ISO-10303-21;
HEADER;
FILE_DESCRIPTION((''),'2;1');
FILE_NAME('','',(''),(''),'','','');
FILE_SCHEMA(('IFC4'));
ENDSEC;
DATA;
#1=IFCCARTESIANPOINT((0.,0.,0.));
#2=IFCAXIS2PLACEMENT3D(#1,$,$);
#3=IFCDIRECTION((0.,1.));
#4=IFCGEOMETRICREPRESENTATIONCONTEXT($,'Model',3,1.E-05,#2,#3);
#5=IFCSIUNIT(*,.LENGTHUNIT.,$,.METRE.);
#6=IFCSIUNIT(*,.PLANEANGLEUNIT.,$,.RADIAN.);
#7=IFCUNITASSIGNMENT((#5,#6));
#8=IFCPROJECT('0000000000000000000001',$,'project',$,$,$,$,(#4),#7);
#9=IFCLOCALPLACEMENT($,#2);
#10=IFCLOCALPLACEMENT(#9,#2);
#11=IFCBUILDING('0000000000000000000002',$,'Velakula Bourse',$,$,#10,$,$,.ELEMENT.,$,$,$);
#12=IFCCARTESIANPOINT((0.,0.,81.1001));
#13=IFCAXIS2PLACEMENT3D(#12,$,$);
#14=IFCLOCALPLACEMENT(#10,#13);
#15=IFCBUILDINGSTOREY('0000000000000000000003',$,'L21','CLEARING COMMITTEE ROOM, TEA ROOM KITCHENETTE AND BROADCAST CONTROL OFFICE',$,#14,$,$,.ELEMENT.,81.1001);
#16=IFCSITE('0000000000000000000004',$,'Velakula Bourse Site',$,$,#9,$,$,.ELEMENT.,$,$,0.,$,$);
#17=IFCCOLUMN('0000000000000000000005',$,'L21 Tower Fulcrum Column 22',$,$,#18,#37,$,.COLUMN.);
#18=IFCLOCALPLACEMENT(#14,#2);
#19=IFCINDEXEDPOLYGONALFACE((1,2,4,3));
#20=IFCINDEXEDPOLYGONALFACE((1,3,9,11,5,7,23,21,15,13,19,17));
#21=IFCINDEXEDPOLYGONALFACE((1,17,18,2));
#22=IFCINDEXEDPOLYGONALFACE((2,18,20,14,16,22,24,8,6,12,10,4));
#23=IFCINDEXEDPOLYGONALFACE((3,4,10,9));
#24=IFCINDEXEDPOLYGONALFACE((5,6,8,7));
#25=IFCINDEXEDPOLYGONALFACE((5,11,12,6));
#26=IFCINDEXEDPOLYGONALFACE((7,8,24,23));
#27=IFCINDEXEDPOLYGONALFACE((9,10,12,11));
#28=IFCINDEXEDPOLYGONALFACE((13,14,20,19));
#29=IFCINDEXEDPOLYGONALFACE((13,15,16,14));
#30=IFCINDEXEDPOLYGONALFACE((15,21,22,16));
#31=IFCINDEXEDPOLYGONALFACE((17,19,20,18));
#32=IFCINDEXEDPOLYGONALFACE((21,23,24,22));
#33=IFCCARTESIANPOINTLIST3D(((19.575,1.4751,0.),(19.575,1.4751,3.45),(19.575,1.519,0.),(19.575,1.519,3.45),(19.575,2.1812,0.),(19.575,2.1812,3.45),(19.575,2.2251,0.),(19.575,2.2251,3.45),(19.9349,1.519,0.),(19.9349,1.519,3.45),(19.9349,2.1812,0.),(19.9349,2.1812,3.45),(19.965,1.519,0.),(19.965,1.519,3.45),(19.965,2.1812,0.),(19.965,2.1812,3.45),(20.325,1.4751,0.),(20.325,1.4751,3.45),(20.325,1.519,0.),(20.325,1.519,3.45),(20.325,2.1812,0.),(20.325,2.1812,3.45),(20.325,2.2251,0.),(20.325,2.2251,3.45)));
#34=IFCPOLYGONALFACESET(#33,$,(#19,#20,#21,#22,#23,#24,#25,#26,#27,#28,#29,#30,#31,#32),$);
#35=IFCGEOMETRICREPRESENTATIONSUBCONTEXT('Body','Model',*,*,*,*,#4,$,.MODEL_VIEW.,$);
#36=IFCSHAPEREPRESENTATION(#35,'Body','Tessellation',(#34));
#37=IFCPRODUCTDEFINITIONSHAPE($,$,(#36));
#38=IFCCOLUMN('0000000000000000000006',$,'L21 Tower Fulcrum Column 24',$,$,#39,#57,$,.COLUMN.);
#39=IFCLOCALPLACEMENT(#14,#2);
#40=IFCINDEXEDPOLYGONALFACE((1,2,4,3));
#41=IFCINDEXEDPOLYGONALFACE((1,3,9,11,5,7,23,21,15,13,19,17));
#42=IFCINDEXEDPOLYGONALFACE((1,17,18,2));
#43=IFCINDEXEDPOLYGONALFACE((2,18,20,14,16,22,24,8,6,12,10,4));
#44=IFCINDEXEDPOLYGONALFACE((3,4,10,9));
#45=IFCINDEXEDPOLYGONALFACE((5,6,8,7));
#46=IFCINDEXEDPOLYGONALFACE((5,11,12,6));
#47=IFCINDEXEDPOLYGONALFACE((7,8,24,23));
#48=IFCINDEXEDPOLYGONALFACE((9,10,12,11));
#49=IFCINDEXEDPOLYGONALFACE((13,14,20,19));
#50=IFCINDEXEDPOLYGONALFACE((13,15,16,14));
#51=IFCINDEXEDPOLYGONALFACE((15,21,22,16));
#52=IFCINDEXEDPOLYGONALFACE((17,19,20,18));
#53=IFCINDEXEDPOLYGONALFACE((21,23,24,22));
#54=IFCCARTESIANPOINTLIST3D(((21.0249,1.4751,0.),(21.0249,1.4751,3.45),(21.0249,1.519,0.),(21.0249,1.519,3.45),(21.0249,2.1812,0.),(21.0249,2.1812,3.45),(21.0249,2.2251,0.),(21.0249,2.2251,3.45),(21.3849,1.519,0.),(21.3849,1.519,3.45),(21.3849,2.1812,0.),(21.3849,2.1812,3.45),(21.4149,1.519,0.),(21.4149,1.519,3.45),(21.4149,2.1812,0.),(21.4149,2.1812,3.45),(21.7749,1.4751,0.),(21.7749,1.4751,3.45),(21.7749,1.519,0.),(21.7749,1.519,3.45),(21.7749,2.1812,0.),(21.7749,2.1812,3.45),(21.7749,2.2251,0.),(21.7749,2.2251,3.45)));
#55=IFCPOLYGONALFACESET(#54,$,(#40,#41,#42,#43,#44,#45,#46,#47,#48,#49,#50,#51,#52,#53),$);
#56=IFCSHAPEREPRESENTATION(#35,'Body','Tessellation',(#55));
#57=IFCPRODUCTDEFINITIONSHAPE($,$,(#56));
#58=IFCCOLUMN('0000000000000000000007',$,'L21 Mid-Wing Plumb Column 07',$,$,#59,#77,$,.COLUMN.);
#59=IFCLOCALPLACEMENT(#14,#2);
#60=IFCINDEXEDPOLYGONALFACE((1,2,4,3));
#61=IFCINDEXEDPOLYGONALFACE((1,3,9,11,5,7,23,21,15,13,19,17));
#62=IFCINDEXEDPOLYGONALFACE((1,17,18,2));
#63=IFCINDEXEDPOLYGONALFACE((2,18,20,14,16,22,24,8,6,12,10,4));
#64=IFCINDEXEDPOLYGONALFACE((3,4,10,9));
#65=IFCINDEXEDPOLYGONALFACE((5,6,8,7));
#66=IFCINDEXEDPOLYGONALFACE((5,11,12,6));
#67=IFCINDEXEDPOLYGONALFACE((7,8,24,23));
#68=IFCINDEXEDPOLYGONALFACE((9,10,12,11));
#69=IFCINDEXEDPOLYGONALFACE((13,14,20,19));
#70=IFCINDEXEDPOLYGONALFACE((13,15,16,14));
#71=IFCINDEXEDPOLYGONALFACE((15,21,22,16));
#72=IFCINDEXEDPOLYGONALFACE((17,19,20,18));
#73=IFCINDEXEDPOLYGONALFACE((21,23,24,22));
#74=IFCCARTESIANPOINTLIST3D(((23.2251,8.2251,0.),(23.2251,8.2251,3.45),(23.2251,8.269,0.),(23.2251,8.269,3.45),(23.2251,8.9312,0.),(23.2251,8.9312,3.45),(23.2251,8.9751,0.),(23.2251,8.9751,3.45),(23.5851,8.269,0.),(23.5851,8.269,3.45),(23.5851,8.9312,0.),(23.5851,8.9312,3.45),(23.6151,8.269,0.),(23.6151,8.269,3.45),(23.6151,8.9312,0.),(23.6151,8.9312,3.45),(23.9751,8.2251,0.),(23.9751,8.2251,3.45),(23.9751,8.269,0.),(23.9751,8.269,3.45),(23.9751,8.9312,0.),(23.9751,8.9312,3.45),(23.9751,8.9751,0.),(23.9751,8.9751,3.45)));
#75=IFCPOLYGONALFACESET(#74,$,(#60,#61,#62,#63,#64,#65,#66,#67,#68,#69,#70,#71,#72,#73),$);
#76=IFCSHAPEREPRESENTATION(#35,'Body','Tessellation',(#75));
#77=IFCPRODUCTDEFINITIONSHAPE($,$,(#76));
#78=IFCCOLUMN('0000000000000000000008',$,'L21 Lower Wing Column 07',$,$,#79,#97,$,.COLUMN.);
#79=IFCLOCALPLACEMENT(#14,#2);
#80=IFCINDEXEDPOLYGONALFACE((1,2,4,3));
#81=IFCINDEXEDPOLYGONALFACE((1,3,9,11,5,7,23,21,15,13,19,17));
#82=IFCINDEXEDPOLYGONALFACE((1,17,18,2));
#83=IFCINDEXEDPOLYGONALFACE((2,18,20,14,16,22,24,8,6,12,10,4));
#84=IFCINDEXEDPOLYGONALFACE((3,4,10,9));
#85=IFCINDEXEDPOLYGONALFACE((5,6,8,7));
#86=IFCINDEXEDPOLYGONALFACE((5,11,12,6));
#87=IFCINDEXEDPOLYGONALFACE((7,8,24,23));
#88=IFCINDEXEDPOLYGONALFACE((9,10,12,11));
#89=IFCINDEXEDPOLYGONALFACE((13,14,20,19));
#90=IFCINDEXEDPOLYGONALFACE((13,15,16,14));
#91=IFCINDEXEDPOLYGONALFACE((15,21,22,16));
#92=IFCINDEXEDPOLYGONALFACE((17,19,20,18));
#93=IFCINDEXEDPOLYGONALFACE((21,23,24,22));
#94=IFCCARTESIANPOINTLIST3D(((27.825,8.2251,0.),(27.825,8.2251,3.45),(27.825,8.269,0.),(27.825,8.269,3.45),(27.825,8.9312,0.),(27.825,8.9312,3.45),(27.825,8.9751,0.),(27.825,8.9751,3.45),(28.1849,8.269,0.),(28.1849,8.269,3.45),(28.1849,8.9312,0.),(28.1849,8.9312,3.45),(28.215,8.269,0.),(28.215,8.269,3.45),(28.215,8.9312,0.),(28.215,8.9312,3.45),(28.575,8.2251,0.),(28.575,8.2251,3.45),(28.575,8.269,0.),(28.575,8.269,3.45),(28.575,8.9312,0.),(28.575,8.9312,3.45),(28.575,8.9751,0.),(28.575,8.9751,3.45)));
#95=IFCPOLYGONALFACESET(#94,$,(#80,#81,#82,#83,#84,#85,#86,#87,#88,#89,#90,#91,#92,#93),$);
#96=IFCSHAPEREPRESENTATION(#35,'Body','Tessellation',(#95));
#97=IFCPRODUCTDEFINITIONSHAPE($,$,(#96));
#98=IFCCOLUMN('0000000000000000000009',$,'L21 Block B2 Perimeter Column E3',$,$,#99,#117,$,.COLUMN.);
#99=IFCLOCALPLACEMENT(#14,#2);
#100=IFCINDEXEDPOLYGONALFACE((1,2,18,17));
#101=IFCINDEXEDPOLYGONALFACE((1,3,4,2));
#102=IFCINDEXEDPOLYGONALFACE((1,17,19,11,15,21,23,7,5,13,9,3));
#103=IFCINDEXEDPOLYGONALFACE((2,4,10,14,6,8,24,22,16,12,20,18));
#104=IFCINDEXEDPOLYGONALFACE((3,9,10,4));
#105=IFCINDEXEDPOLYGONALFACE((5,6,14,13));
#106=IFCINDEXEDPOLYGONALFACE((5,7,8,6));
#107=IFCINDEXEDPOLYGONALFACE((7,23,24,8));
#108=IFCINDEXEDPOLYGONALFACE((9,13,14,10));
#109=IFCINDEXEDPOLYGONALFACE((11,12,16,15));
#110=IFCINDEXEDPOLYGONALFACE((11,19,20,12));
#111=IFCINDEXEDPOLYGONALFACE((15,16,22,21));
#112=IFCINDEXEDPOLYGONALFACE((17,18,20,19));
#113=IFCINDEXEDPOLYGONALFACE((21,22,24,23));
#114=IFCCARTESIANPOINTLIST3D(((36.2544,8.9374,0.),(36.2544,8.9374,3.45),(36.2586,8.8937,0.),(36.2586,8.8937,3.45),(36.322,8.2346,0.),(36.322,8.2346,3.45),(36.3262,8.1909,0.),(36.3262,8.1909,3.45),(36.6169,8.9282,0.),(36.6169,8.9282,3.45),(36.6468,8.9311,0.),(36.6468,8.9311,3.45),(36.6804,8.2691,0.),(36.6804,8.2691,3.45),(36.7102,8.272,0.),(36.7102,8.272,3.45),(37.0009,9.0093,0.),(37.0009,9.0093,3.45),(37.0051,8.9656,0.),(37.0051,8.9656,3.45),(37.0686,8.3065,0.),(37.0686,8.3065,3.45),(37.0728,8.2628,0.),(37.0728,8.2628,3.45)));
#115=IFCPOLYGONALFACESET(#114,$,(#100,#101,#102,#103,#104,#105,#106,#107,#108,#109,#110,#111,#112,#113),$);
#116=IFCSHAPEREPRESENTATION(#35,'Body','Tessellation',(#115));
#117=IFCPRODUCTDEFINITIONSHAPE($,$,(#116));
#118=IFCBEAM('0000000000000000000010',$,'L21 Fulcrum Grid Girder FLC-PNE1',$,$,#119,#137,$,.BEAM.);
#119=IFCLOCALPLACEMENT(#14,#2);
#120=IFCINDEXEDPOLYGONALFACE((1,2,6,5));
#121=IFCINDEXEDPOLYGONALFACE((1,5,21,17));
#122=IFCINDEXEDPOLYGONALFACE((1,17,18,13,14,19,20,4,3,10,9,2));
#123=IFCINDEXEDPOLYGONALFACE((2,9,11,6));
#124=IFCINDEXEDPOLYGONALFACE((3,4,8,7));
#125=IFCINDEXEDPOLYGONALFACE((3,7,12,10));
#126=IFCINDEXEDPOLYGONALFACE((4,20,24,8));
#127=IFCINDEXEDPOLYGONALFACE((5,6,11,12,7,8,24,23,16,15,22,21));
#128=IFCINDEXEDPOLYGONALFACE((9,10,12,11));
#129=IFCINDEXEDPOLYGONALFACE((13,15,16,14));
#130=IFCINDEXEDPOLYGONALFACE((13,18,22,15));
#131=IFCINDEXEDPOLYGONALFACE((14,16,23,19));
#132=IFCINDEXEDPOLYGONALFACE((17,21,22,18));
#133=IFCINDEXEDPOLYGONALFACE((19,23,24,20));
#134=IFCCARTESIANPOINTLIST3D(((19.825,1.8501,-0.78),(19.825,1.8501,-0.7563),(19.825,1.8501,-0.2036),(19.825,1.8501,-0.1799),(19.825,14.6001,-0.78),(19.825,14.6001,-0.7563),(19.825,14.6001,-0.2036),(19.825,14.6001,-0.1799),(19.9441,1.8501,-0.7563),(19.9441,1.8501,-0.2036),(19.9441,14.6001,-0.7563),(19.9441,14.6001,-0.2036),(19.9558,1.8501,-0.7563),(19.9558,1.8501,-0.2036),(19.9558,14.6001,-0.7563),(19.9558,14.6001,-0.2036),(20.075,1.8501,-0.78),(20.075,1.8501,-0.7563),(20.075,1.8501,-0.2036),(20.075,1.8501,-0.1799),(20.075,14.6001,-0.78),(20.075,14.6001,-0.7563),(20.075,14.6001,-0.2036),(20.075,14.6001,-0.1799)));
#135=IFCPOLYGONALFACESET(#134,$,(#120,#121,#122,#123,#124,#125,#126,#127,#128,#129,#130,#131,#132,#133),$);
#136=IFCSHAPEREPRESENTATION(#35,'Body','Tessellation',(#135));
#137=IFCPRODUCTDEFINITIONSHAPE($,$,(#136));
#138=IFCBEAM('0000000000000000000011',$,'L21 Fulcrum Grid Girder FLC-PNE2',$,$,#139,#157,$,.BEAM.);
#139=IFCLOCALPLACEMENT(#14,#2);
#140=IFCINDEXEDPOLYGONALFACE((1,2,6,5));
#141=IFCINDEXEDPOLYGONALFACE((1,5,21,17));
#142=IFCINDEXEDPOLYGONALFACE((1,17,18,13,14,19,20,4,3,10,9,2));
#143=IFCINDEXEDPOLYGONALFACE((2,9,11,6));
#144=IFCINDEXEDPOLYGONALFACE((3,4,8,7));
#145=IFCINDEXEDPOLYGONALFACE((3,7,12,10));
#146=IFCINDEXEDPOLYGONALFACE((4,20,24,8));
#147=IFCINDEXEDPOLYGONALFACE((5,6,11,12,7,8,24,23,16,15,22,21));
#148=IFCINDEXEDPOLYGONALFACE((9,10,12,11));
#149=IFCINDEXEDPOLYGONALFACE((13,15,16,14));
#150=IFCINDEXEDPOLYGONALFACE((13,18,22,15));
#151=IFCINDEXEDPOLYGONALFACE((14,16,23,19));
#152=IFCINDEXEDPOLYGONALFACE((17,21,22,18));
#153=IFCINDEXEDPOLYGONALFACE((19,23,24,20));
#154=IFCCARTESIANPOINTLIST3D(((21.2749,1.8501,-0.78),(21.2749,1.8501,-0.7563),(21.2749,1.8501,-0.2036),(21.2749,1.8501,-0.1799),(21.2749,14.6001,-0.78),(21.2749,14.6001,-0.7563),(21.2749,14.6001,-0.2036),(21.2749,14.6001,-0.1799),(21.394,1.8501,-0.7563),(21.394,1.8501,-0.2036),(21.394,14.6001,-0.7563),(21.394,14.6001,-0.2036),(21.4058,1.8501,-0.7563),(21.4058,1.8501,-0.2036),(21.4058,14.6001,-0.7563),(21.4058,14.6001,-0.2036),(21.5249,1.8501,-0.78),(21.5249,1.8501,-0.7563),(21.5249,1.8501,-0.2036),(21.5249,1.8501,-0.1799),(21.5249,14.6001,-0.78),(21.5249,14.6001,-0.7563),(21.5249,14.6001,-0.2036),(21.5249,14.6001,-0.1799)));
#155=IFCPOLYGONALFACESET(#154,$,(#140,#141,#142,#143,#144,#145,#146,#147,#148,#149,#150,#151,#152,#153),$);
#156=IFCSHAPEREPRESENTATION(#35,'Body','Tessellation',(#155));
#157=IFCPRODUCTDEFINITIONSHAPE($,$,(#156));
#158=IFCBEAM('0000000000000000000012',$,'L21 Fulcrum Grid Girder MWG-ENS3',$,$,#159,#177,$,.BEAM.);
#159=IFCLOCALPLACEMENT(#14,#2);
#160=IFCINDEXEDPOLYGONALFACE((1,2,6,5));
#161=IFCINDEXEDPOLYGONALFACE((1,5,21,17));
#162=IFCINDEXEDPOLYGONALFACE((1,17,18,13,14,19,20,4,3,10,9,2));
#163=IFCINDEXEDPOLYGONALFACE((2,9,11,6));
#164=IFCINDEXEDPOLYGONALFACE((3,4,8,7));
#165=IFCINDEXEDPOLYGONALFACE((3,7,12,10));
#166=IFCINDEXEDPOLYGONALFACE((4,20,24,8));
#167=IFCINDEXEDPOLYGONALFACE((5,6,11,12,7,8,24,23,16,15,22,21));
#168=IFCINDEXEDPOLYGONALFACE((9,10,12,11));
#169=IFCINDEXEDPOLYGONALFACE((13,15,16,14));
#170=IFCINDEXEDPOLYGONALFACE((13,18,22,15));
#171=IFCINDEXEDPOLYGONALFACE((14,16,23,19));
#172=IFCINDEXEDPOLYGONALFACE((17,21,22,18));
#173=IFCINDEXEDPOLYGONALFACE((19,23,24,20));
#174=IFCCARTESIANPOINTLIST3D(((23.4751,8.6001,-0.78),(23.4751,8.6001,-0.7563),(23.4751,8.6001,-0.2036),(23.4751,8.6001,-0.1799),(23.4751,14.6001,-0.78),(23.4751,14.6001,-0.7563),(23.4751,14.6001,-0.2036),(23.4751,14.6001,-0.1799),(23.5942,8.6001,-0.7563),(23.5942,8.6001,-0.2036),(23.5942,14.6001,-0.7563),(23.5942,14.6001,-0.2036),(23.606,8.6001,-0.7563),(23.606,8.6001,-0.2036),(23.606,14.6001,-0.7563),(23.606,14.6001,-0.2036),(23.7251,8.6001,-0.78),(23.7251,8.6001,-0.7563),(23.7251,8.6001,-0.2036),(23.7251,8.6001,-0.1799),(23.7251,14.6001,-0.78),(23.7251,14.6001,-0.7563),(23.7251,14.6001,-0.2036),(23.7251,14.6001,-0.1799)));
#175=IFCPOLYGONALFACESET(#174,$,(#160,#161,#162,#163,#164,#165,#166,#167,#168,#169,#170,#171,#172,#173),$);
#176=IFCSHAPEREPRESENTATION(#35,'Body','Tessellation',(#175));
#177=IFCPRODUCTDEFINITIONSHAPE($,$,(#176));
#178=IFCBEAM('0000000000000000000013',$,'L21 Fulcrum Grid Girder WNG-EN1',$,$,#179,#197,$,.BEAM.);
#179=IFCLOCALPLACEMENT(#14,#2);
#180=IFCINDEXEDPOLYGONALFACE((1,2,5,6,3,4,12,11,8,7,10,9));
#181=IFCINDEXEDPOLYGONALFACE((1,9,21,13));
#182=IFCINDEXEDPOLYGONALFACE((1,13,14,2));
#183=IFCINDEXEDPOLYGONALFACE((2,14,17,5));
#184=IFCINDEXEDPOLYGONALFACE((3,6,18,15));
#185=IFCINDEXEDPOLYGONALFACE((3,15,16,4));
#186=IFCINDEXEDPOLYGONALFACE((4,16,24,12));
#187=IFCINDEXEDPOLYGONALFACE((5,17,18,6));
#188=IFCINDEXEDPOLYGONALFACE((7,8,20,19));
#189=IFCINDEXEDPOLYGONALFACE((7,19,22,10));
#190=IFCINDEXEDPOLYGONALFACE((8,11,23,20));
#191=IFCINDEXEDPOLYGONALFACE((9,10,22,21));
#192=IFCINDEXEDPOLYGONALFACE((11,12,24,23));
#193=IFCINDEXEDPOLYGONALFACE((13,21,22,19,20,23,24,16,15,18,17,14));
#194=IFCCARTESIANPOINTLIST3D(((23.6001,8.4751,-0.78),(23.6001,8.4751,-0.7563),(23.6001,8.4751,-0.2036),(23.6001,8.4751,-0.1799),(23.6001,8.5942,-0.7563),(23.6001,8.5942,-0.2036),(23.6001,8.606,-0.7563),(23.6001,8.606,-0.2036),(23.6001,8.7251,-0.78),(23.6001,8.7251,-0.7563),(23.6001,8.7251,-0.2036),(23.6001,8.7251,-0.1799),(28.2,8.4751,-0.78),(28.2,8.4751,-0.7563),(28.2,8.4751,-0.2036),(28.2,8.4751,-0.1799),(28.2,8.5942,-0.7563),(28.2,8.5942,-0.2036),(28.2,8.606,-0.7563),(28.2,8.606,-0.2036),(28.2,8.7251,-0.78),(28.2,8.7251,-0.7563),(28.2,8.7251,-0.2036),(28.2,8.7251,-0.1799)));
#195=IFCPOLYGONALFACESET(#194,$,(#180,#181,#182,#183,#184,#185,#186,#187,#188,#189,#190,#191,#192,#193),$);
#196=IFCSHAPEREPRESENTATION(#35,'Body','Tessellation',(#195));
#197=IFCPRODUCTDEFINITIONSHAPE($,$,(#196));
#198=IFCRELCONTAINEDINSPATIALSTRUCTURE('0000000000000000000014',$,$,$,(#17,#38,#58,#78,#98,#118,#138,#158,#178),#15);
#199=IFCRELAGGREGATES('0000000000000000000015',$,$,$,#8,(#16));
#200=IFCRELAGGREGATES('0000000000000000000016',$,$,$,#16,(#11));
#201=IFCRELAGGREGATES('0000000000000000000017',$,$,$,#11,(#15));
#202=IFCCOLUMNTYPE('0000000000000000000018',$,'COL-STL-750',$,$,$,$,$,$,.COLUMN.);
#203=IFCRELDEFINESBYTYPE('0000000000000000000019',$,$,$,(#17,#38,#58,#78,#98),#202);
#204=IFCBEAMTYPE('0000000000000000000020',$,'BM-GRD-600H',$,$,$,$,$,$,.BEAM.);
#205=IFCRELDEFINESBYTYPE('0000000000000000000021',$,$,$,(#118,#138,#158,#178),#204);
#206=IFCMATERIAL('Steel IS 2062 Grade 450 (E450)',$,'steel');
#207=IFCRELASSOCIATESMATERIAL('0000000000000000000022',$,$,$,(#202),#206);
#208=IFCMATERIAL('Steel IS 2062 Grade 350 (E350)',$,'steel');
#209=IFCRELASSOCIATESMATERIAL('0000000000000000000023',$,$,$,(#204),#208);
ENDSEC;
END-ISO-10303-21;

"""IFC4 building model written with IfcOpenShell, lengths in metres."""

from ifc_helpers import new_model, si_unit, direction, frame, origin, origin_2d, place, context, subcontext, project, spatial, i_section, extrude, material, material_profile, profile_set, type_object, element, save


model = new_model("IFC4")

# Units and contexts
model_context = context("Model", 3, precision=1e-05, world=origin(), true_north=direction((0.0, 1.0)))
body_context = subcontext(model_context, "Body", "Model", "MODEL_VIEW")
ifc_project = project(units=[si_unit("LENGTHUNIT", "METRE"), si_unit("PLANEANGLEUNIT", "RADIAN")], contexts=[model_context])

# Site, building, storey
site_placement = place(None, origin())
site = spatial("IfcSite", under=ifc_project, at=site_placement, Name="Velakula Bourse Site", CompositionType="ELEMENT", RefElevation=0.0)
building_placement = place(site_placement, origin())
building = spatial("IfcBuilding", under=site, at=building_placement, Name="Velakula Bourse", CompositionType="ELEMENT")
storey_placement = place(building_placement, frame((0.0, 0.0, 81.1001)))
storey = spatial("IfcBuildingStorey", under=building, at=storey_placement, Name="L21", Description="CLEARING COMMITTEE ROOM, TEA ROOM KITCHENETTE AND BROADCAST CONTROL OFFICE", CompositionType="ELEMENT", Elevation=81.1001)

# Columns
ifc_material_1 = material(Name="Steel IS 2062 Grade 450 (E450)", Category="steel")
ifc_material_profile_1 = material_profile(ifc_material_1, i_section(OverallWidth=0.75, OverallDepth=0.75, WebThickness=0.03, FlangeThickness=0.0439, at=origin_2d()), Name="Steel IS 2062 Grade 450 (E450)")
ifc_profile_set_1 = profile_set([ifc_material_profile_1], Name="Steel IS 2062 Grade 450 (E450)")
column_type = type_object("IfcColumnType", Name="COL-STL-750", PredefinedType="COLUMN", material=ifc_profile_set_1)
for number, where, z_axis, x_axis, name in (
    (1, (19.95, 1.8501, 0.0), (0.0, 0.0, 1.0), (1.0, 0.0, 0.0), "L21 Tower Fulcrum Column 22"),
    (2, (21.3999, 1.8501, 0.0), (0.0, 0.0, 1.0), (1.0, 0.0, 0.0), "L21 Tower Fulcrum Column 24"),
    (3, (23.6001, 8.6001, 0.0), (0.0, 0.0, 1.0), (1.0, 0.0, 0.0), "L21 Mid-Wing Plumb Column 07"),
    (4, (28.2, 8.6001, 0.0), (0.0, 0.0, 1.0), (1.0, 0.0, 0.0), "L21 Lower Wing Column 07"),
    (5, (36.6636, 8.6001, 0.0), (0.0, 0.0, 1.0), (0.995396, 0.095846, 0.0), "L21 Block B2 Perimeter Column E3"),
):
    element("IfcColumn", number, at=place(storey_placement, frame(where, z_axis=z_axis, x_axis=x_axis)), inside=storey, type_object=column_type, Name=name, PredefinedType="COLUMN", context=body_context, shape_type="SweptSolid", body=[
        extrude(i_section(OverallWidth=0.75, OverallDepth=0.75, WebThickness=0.03, FlangeThickness=0.0439, at=origin_2d()), origin(), (0.0, 0.0, 1.0), 3.45),
    ])

# Beams
ifc_material_2 = material(Name="Steel IS 2062 Grade 350 (E350)", Category="steel")
ifc_material_profile_2 = material_profile(ifc_material_2, i_section(OverallWidth=0.25, OverallDepth=0.6001, WebThickness=0.0117, FlangeThickness=0.0237, at=origin_2d()), Name="Steel IS 2062 Grade 350 (E350)")
ifc_profile_set_2 = profile_set([ifc_material_profile_2], Name="Steel IS 2062 Grade 350 (E350)")
beam_type_1 = type_object("IfcBeamType", Name="BM-GRD-600H", PredefinedType="BEAM", material=ifc_profile_set_2)
for number, where, z_axis, x_axis, name in (
    (6, (19.95, 1.8501, -0.48), (0.0, 1.0, 0.0), (-1.0, 0.0, 0.0), "L21 Fulcrum Grid Girder FLC-PNE1"),
    (7, (21.3999, 1.8501, -0.48), (0.0, 1.0, 0.0), (-1.0, 0.0, 0.0), "L21 Fulcrum Grid Girder FLC-PNE2"),
):
    element("IfcBeam", number, at=place(storey_placement, frame(where, z_axis=z_axis, x_axis=x_axis)), inside=storey, type_object=beam_type_1, Name=name, PredefinedType="BEAM", context=body_context, shape_type="SweptSolid", body=[
        extrude(i_section(OverallWidth=0.25, OverallDepth=0.6001, WebThickness=0.0117, FlangeThickness=0.0237, at=origin_2d()), origin(), (0.0, 0.0, 1.0), 12.75),
    ])
beam_1_placement = place(storey_placement, frame((23.6001, 8.6001, -0.48), z_axis=(0.0, 1.0, 0.0), x_axis=(-1.0, 0.0, 0.0)))
element("IfcBeam", 8, at=beam_1_placement, inside=storey, type_object=beam_type_1, Name="L21 Fulcrum Grid Girder MWG-ENS3", PredefinedType="BEAM", context=body_context, shape_type="SweptSolid", body=[
    extrude(i_section(OverallWidth=0.25, OverallDepth=0.6001, WebThickness=0.0117, FlangeThickness=0.0237, at=origin_2d()), origin(), (0.0, 0.0, 1.0), 6.0),
])
beam_2_placement = place(storey_placement, frame((23.6001, 8.6001, -0.48), z_axis=(1.0, 0.0, 0.0), x_axis=(0.0, 1.0, 0.0)))
element("IfcBeam", 9, at=beam_2_placement, inside=storey, type_object=beam_type_1, Name="L21 Fulcrum Grid Girder WNG-EN1", PredefinedType="BEAM", context=body_context, shape_type="SweptSolid", body=[
    extrude(i_section(OverallWidth=0.25, OverallDepth=0.6001, WebThickness=0.0117, FlangeThickness=0.0237, at=origin_2d()), origin(), (0.0, 0.0, 1.0), 4.5999),
])

save(model, "model.ifc")
